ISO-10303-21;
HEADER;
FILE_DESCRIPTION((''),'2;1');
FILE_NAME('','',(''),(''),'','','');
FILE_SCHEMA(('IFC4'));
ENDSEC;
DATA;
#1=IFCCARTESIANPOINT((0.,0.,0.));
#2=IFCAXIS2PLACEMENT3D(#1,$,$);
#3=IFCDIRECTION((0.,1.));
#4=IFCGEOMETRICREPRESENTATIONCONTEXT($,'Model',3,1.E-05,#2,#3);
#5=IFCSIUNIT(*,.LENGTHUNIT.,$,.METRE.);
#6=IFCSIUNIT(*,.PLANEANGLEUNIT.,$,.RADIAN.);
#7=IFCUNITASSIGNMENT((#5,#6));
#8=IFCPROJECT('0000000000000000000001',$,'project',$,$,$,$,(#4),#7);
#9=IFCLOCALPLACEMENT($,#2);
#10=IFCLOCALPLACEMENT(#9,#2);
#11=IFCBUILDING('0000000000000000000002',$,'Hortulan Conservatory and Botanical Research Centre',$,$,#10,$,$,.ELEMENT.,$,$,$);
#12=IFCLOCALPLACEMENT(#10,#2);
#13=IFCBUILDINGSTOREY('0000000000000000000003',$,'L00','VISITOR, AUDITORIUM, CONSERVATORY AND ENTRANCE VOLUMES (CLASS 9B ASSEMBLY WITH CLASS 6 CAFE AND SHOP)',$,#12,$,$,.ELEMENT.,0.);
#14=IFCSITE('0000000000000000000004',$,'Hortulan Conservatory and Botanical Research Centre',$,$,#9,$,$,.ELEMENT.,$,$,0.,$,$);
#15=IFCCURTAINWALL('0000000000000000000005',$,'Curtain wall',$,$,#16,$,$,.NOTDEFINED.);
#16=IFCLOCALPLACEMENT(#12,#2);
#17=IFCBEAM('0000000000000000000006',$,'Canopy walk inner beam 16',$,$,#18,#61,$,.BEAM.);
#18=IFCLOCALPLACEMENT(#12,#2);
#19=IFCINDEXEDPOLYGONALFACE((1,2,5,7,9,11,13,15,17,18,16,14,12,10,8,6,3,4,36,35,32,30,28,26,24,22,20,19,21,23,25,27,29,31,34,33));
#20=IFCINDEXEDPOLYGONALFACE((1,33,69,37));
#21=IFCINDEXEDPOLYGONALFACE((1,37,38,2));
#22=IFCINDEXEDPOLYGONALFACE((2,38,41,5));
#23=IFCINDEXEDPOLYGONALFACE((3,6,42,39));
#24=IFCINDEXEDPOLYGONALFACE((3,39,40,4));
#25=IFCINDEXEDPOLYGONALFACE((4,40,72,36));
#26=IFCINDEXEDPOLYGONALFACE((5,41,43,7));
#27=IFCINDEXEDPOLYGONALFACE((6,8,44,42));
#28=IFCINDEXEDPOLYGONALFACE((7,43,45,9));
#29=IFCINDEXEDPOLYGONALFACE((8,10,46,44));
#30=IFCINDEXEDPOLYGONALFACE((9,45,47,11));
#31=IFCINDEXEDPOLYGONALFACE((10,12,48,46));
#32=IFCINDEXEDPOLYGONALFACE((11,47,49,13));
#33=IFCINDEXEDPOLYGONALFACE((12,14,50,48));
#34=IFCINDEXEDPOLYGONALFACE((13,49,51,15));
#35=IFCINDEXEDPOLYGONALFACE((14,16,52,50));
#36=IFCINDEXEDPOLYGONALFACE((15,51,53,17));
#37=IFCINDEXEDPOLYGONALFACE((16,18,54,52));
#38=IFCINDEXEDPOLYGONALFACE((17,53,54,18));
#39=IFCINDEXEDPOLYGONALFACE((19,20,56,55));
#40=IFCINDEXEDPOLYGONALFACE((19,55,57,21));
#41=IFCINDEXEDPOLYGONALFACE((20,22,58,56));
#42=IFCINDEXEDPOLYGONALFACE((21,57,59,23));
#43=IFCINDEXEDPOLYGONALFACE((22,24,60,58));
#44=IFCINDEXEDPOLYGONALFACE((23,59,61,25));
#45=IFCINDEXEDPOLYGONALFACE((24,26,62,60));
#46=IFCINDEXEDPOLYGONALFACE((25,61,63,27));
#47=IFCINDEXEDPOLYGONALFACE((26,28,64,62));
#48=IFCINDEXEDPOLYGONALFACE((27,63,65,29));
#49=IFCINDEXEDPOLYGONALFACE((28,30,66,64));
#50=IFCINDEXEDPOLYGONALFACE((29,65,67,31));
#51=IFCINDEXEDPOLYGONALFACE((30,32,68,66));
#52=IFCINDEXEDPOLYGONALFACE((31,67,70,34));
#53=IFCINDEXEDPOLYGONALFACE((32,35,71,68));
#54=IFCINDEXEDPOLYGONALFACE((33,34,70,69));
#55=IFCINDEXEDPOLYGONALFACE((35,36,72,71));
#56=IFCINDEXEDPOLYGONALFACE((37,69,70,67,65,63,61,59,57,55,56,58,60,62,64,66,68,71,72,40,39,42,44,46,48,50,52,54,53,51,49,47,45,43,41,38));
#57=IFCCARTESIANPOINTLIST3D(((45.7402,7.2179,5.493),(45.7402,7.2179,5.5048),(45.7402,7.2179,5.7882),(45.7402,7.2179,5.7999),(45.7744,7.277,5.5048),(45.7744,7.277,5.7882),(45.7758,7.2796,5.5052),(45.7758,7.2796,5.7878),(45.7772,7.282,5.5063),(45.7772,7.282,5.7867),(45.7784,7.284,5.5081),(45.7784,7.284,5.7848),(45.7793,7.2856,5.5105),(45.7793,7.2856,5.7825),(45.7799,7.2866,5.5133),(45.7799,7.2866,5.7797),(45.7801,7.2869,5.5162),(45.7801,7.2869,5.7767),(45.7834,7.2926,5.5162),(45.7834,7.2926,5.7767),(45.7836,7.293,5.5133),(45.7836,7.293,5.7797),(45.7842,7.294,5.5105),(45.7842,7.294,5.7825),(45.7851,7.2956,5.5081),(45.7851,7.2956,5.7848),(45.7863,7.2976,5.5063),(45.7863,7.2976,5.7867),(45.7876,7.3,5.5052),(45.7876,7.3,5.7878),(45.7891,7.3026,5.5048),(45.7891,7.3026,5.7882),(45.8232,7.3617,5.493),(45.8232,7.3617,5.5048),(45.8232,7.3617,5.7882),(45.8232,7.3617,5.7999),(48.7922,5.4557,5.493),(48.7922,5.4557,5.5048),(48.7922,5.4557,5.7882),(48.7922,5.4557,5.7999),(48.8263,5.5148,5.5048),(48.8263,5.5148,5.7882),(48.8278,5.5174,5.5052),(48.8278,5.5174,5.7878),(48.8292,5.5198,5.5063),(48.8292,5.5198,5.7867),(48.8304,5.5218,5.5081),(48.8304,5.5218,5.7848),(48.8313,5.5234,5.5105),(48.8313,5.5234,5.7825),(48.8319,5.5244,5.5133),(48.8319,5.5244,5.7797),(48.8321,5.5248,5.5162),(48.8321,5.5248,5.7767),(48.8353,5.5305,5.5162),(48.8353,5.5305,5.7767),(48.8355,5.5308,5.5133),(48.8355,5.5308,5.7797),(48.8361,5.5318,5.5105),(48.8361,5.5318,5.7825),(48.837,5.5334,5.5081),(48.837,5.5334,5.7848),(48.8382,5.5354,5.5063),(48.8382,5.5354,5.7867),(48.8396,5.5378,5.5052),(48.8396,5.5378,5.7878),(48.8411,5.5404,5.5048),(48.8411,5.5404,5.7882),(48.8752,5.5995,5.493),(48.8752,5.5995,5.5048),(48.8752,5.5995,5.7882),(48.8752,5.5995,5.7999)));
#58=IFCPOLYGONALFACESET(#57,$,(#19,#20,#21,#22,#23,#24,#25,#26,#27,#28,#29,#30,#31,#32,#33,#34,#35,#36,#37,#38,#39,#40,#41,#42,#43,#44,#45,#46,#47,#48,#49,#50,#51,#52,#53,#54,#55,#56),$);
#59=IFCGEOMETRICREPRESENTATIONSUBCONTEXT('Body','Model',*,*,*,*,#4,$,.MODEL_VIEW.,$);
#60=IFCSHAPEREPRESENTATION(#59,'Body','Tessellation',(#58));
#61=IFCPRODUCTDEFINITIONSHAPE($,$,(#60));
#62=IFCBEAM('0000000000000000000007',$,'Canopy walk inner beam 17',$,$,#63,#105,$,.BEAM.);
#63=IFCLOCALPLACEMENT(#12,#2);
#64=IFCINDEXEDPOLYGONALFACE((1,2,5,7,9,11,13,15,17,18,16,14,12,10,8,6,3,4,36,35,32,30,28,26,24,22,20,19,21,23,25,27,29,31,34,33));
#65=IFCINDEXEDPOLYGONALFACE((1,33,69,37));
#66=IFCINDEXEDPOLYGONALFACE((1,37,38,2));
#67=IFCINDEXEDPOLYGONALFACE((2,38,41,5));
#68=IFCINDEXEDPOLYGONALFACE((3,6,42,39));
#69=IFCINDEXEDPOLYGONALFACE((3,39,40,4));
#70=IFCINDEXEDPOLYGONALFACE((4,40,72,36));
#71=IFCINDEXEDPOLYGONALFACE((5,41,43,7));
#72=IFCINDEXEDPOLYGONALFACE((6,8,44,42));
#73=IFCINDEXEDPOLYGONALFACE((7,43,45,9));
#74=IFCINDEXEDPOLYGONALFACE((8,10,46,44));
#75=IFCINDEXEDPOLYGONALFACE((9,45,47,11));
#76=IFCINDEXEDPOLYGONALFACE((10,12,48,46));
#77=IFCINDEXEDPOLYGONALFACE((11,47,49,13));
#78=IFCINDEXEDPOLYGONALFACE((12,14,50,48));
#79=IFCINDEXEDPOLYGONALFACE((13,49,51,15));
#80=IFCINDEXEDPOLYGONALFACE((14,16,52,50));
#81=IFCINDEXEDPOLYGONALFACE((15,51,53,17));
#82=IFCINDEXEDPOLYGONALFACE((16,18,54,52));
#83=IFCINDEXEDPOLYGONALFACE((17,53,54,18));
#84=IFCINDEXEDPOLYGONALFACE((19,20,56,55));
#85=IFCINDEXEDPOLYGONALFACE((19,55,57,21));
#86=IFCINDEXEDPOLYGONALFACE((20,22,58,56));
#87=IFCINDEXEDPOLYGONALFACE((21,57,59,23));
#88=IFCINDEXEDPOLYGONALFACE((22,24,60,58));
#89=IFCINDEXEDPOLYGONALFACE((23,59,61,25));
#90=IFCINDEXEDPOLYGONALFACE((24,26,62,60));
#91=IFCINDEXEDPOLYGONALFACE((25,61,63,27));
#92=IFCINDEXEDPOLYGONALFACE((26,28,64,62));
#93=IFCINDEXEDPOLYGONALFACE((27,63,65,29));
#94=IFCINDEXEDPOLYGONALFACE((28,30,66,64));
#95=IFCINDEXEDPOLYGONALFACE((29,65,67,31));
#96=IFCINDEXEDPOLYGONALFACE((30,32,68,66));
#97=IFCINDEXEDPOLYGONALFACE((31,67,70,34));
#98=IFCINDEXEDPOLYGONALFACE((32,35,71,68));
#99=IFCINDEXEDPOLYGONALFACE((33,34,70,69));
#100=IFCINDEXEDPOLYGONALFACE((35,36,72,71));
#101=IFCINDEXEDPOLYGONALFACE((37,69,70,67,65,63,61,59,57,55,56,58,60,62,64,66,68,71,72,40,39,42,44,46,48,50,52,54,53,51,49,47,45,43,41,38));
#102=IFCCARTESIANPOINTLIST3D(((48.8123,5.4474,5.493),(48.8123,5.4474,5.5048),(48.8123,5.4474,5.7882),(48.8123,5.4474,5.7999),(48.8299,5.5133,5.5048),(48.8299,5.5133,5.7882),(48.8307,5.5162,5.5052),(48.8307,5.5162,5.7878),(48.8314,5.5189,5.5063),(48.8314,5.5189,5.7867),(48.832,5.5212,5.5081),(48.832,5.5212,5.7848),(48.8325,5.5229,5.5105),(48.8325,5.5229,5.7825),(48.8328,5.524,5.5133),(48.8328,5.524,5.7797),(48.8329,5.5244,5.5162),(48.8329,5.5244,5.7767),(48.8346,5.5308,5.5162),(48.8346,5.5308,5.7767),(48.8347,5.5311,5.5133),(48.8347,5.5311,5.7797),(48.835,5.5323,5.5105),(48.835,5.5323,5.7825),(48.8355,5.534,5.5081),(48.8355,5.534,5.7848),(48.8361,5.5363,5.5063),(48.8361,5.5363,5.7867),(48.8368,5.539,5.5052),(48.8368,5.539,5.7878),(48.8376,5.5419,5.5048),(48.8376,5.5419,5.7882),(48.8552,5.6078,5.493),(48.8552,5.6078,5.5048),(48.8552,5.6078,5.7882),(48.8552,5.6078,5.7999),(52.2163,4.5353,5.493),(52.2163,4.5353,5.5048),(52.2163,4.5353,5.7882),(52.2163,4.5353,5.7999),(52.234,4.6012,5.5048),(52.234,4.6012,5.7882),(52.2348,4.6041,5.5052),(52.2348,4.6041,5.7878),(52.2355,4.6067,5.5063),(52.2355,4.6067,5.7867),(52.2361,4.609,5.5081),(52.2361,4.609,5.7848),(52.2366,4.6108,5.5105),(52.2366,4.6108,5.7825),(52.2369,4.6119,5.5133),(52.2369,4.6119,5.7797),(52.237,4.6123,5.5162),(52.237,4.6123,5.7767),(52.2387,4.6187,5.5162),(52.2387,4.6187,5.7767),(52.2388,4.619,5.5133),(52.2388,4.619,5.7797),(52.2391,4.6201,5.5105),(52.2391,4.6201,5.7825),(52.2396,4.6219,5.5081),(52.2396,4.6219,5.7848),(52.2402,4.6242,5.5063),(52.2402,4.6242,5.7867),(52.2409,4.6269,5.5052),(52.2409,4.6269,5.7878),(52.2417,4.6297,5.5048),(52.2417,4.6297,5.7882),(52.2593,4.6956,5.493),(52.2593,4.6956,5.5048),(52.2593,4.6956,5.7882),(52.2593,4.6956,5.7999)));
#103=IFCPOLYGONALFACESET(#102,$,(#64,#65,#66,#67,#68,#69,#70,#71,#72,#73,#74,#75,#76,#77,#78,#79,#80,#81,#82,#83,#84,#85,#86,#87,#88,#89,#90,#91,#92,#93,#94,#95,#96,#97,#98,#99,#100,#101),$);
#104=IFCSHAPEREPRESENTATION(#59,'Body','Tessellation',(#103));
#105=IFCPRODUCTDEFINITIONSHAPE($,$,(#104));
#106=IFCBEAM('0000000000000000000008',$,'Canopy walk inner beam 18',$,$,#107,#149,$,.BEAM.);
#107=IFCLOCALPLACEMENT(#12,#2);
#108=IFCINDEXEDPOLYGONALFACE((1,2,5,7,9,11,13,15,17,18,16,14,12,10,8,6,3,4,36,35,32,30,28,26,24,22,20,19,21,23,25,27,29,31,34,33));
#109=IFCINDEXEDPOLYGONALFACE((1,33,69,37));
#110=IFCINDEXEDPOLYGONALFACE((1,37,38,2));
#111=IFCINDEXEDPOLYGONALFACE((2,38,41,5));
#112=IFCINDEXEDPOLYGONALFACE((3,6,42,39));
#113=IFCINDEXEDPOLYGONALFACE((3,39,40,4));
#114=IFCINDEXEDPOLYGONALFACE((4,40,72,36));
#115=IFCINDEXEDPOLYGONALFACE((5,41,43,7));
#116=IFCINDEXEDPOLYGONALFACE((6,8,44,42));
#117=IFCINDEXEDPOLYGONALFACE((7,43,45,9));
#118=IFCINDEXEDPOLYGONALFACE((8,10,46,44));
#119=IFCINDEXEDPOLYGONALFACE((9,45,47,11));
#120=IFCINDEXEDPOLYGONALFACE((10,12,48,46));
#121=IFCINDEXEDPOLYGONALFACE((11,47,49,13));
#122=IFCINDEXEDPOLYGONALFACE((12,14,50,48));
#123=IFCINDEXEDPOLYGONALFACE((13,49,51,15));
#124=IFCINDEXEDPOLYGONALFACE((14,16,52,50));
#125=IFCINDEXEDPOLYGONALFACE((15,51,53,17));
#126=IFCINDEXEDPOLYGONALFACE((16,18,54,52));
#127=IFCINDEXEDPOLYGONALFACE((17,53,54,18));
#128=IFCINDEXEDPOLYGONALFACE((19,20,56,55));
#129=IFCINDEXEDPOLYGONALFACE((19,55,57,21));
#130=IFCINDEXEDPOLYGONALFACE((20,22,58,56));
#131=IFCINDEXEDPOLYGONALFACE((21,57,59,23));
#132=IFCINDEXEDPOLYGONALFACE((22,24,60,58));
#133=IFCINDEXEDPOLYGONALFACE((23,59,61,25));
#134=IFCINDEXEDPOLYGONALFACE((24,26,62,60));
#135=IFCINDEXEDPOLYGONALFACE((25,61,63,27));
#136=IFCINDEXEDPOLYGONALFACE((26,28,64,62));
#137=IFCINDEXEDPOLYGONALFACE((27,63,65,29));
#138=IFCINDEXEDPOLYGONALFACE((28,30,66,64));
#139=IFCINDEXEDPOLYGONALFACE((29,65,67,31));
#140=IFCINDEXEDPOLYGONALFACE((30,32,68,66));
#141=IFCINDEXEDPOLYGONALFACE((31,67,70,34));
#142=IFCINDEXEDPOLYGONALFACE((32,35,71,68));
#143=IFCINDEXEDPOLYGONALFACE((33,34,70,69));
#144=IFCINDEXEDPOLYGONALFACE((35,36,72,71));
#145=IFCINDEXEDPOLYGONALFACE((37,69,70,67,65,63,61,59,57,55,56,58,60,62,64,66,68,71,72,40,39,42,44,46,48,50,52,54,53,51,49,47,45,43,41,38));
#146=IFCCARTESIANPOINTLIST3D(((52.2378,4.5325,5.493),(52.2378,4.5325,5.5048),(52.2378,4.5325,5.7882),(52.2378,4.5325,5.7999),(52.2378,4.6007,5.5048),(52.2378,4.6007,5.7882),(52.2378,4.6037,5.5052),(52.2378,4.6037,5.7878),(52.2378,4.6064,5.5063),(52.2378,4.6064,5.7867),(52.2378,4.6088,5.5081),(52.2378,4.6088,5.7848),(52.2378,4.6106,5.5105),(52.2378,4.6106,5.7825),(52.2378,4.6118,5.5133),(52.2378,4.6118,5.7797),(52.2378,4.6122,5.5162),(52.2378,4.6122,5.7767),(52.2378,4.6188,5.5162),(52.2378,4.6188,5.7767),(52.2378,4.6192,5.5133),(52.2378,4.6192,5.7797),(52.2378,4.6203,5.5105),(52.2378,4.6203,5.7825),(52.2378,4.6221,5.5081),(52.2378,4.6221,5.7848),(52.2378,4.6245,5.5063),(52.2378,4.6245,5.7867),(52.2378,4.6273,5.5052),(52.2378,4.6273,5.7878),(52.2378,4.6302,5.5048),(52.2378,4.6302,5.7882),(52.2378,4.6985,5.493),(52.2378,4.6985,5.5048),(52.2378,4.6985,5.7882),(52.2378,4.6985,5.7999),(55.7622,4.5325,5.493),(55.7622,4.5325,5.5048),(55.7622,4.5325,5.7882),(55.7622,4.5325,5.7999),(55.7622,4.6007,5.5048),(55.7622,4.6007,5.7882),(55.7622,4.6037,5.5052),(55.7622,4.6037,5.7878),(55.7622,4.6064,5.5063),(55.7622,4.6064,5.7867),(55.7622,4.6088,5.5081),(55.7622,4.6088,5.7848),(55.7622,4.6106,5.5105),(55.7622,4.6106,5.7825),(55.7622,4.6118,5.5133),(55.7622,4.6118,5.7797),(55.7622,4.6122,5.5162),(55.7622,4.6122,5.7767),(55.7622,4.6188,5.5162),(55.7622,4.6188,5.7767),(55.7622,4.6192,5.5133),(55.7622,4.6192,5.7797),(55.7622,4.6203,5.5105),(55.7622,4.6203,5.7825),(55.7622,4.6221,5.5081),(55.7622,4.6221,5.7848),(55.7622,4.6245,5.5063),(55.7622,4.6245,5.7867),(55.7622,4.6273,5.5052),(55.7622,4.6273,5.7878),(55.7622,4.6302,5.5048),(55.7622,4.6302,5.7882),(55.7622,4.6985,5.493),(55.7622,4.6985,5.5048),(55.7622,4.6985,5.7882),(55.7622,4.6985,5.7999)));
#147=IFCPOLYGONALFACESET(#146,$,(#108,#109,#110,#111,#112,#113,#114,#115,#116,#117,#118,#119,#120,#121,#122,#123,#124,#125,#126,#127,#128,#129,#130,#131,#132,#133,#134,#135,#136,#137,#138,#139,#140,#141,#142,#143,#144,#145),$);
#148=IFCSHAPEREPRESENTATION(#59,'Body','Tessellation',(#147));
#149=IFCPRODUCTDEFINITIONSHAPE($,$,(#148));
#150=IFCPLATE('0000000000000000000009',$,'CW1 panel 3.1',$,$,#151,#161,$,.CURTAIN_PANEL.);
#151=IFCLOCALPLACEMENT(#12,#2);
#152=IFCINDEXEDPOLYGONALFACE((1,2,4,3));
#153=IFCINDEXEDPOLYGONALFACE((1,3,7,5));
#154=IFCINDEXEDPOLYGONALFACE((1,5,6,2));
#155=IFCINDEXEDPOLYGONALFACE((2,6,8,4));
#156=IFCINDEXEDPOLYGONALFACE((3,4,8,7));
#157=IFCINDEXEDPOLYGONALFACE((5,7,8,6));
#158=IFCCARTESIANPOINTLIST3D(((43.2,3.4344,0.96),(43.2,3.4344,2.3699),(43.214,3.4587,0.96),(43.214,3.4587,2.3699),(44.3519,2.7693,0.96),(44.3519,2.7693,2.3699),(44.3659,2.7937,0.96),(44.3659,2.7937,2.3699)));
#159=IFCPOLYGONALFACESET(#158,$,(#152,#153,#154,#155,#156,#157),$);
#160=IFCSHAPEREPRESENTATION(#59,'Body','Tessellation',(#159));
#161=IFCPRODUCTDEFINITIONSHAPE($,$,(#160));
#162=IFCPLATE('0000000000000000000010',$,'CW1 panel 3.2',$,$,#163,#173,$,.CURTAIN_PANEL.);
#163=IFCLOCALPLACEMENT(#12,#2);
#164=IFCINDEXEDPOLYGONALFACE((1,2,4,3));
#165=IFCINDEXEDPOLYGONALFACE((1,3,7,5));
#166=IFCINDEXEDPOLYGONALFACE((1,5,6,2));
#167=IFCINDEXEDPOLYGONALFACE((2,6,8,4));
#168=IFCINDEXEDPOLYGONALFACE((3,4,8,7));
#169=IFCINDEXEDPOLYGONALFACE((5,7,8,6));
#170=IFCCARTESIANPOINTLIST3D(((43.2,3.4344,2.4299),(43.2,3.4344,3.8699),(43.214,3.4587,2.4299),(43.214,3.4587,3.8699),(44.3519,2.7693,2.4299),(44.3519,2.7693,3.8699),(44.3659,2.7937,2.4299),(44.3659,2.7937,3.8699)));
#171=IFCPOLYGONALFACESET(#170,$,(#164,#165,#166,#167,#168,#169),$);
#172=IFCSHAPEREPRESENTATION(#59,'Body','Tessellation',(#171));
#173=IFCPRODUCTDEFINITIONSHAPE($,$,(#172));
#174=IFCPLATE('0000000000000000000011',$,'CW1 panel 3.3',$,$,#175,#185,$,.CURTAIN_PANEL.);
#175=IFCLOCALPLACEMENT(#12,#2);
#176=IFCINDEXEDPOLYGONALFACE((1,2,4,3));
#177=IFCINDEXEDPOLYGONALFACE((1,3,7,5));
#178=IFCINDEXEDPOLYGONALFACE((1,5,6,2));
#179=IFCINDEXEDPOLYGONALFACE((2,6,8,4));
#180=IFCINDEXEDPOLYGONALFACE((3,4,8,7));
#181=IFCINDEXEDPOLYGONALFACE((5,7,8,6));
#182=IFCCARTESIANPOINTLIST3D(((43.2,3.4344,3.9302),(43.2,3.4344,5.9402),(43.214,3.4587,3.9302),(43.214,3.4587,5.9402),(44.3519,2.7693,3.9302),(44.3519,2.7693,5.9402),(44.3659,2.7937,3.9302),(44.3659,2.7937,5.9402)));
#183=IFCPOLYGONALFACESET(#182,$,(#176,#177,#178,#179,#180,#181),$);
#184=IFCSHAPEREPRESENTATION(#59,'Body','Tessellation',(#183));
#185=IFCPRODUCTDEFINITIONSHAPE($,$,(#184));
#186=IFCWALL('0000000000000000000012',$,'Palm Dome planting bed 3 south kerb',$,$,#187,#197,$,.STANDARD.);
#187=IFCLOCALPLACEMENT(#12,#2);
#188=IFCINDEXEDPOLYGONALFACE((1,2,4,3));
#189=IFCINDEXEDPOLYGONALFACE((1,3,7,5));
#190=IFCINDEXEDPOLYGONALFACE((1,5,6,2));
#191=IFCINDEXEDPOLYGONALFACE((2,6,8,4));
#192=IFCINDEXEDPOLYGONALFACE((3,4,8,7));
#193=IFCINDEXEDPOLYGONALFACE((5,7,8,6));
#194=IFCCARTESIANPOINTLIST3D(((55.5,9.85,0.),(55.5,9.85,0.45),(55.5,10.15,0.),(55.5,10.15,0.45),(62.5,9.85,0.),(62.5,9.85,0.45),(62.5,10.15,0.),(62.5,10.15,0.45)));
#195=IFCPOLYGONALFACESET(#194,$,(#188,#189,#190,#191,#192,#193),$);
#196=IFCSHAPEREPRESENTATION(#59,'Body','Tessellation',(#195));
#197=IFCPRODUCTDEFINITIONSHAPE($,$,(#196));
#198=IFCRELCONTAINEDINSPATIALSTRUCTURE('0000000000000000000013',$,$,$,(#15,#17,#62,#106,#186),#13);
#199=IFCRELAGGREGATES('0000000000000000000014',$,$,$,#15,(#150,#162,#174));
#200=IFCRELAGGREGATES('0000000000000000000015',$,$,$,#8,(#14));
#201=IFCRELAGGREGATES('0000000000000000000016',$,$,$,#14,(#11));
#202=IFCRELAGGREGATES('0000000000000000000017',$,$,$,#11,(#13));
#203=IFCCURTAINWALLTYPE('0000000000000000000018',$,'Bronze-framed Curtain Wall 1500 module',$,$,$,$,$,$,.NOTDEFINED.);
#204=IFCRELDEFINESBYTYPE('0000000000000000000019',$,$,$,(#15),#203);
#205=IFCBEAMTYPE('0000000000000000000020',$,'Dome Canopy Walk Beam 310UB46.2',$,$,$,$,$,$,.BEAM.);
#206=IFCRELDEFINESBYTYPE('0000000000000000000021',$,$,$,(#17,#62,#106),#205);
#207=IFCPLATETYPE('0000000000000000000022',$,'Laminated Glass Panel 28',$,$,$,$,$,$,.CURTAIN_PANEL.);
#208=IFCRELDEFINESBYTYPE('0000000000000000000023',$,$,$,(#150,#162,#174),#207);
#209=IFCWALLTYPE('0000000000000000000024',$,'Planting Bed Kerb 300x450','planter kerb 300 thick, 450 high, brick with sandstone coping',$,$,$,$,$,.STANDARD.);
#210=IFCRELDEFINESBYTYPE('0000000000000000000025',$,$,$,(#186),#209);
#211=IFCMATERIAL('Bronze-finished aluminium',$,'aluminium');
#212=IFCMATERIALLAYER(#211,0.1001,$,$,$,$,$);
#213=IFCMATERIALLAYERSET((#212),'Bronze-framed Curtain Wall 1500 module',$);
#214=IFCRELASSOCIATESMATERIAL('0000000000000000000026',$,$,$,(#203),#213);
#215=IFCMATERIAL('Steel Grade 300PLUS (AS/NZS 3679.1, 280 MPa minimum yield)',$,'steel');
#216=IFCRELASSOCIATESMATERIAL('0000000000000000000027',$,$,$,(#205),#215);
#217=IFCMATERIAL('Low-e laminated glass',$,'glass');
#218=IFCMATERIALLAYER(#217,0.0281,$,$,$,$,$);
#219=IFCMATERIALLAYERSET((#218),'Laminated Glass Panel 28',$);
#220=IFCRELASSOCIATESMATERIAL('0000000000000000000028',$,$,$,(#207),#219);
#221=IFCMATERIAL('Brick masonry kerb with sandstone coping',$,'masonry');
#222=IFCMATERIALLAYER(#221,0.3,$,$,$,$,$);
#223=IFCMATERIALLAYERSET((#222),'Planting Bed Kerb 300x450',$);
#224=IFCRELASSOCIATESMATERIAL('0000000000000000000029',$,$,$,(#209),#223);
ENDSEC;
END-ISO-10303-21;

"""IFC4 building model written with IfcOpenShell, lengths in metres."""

from ifc_helpers import new_model, si_unit, direction, frame, frame_2d, origin, origin_2d, place, context, subcontext, project, spatial, rectangle, i_section, extrude, material, layer, layer_set, material_profile, profile_set, type_object, element, aggregate, save


model = new_model("IFC4")

# Units and contexts
model_context = context("Model", 3, precision=1e-05, world=origin(), true_north=direction((0.0, 1.0)))
body_context = subcontext(model_context, "Body", "Model", "MODEL_VIEW")
ifc_project = project(units=[si_unit("LENGTHUNIT", "METRE"), si_unit("PLANEANGLEUNIT", "RADIAN")], contexts=[model_context])

# Site, building, storey
site_placement = place(None, origin())
site = spatial("IfcSite", under=ifc_project, at=site_placement, Name="Hortulan Conservatory and Botanical Research Centre", CompositionType="ELEMENT", RefElevation=0.0)
building_placement = place(site_placement, origin())
building = spatial("IfcBuilding", under=site, at=building_placement, Name="Hortulan Conservatory and Botanical Research Centre", CompositionType="ELEMENT")
storey_placement = place(building_placement, origin())
storey = spatial("IfcBuildingStorey", under=building, at=storey_placement, Name="L00", Description="VISITOR, AUDITORIUM, CONSERVATORY AND ENTRANCE VOLUMES (CLASS 9B ASSEMBLY WITH CLASS 6 CAFE AND SHOP)", CompositionType="ELEMENT", Elevation=0.0)

# Curtain wall
ifc_material_1 = material(Name="Bronze-finished aluminium", Category="aluminium")
ifc_layer_1 = layer(ifc_material_1, 0.1001)
ifc_layer_set_1 = layer_set([ifc_layer_1], Name="Bronze-framed Curtain Wall 1500 module")
curtain_wall_type = type_object("IfcCurtainWallType", Name="Bronze-framed Curtain Wall 1500 module", PredefinedType="NOTDEFINED", material=ifc_layer_set_1)
curtain_wall_placement = place(storey_placement, origin())
curtain_wall = element("IfcCurtainWall", 1, at=curtain_wall_placement, inside=storey, type_object=curtain_wall_type, Name="Curtain wall", PredefinedType="NOTDEFINED")

# Beams
ifc_material_2 = material(Name="Steel Grade 300PLUS (AS/NZS 3679.1, 280 MPa minimum yield)", Category="steel")
ifc_material_profile_1 = material_profile(ifc_material_2, i_section(OverallWidth=0.166, OverallDepth=0.3069, WebThickness=0.0066, FlangeThickness=0.0117, FilletRadius=0.0115, at=origin_2d()), Name="310UB46.2")
ifc_profile_set_1 = profile_set([ifc_material_profile_1], Name="Steel Grade 300PLUS (AS/NZS 3679.1, 280 MPa minimum yield)")
beam_type = type_object("IfcBeamType", Name="Dome Canopy Walk Beam 310UB46.2", PredefinedType="BEAM", material=ifc_profile_set_1)
for number, where, z_axis, x_axis, name in (
    (2, (45.7817, 7.2898, 5.6465), (0.866009, -0.500028, 0.0), (0.500028, 0.866009, 0.0), "Canopy walk inner beam 16"),
    (3, (48.8337, 5.5276, 5.6465), (0.965926, -0.258818, 0.0), (0.258818, 0.965926, 0.0), "Canopy walk inner beam 17"),
):
    element("IfcBeam", number, at=place(storey_placement, frame(where, z_axis=z_axis, x_axis=x_axis)), inside=storey, type_object=beam_type, Name=name, PredefinedType="BEAM", context=body_context, shape_type="SweptSolid", body=[
        extrude(i_section(OverallWidth=0.166, OverallDepth=0.3069, WebThickness=0.0066, FlangeThickness=0.0117, FilletRadius=0.0115, at=origin_2d()), origin(), (0.0, 0.0, 1.0), 3.5242),
    ])
beam_placement = place(storey_placement, frame((52.2378, 4.6155, 5.6465), z_axis=(1.0, 0.0, 0.0), x_axis=(0.0, 1.0, 0.0)))
element("IfcBeam", 4, at=beam_placement, inside=storey, type_object=beam_type, Name="Canopy walk inner beam 18", PredefinedType="BEAM", context=body_context, shape_type="SweptSolid", body=[
    extrude(i_section(OverallWidth=0.166, OverallDepth=0.3069, WebThickness=0.0066, FlangeThickness=0.0117, FilletRadius=0.0115, at=origin_2d()), origin(), (0.0, 0.0, 1.0), 3.5244),
])

# Plates
ifc_material_3 = material(Name="Low-e laminated glass", Category="glass")
ifc_layer_2 = layer(ifc_material_3, 0.0281)
ifc_layer_set_2 = layer_set([ifc_layer_2], Name="Laminated Glass Panel 28")
plate_type = type_object("IfcPlateType", Name="Laminated Glass Panel 28", PredefinedType="CURTAIN_PANEL", material=ifc_layer_set_2)
plate_1_placement = place(storey_placement, frame((43.783, 3.114, 0.96), z_axis=(0.0, 0.0, 1.0), x_axis=(-0.866036, 0.499981, 0.0)))
plate_1 = element("IfcPlate", 5, at=plate_1_placement, type_object=plate_type, Name="CW1 panel 3.1", PredefinedType="CURTAIN_PANEL", context=body_context, shape_type="SweptSolid", body=[
    extrude(rectangle(XDim=1.3301, YDim=0.0281, at=origin_2d()), origin(), (0.0, 0.0, 1.0), 1.4099),
])
plate_2_placement = place(storey_placement, frame((43.783, 3.114, 2.4299), z_axis=(0.0, 0.0, 1.0), x_axis=(-0.866036, 0.499981, 0.0)))
plate_2 = element("IfcPlate", 6, at=plate_2_placement, type_object=plate_type, Name="CW1 panel 3.2", PredefinedType="CURTAIN_PANEL", context=body_context, shape_type="SweptSolid", body=[
    extrude(rectangle(XDim=1.3301, YDim=0.0281, at=origin_2d()), origin(), (0.0, 0.0, 1.0), 1.4399),
])
plate_3_placement = place(storey_placement, frame((43.783, 3.114, 3.9302), z_axis=(0.0, 0.0, 1.0), x_axis=(-0.866036, 0.499981, 0.0)))
plate_3 = element("IfcPlate", 7, at=plate_3_placement, type_object=plate_type, Name="CW1 panel 3.3", PredefinedType="CURTAIN_PANEL", context=body_context, shape_type="SweptSolid", body=[
    extrude(rectangle(XDim=1.3301, YDim=0.0281, at=origin_2d()), origin(), (0.0, 0.0, 1.0), 2.01),
])
aggregate(curtain_wall, [plate_1, plate_2, plate_3])

# Wall
ifc_material_4 = material(Name="Brick masonry kerb with sandstone coping", Category="masonry")
ifc_layer_3 = layer(ifc_material_4, 0.3)
ifc_layer_set_3 = layer_set([ifc_layer_3], Name="Planting Bed Kerb 300x450")
wall_type = type_object("IfcWallType", Name="Planting Bed Kerb 300x450", Description="planter kerb 300 thick, 450 high, brick with sandstone coping", PredefinedType="STANDARD", material=ifc_layer_set_3)
for number, where, z_axis, x_axis, name in (
    (8, (55.5, 10.0, 0.0), (0.0, 0.0, 1.0), (1.0, 0.0, 0.0), "Palm Dome planting bed 3 south kerb"),
):
    element("IfcWall", number, at=place(storey_placement, frame(where, z_axis=z_axis, x_axis=x_axis)), inside=storey, type_object=wall_type, Name=name, PredefinedType="STANDARD", context=body_context, shape_type="SweptSolid", body=[
        extrude(rectangle(XDim=7.0, YDim=0.3, at=frame_2d((3.5, 0.0))), origin(), (0.0, 0.0, 1.0), 0.45),
    ])

save(model, "model.ifc")
